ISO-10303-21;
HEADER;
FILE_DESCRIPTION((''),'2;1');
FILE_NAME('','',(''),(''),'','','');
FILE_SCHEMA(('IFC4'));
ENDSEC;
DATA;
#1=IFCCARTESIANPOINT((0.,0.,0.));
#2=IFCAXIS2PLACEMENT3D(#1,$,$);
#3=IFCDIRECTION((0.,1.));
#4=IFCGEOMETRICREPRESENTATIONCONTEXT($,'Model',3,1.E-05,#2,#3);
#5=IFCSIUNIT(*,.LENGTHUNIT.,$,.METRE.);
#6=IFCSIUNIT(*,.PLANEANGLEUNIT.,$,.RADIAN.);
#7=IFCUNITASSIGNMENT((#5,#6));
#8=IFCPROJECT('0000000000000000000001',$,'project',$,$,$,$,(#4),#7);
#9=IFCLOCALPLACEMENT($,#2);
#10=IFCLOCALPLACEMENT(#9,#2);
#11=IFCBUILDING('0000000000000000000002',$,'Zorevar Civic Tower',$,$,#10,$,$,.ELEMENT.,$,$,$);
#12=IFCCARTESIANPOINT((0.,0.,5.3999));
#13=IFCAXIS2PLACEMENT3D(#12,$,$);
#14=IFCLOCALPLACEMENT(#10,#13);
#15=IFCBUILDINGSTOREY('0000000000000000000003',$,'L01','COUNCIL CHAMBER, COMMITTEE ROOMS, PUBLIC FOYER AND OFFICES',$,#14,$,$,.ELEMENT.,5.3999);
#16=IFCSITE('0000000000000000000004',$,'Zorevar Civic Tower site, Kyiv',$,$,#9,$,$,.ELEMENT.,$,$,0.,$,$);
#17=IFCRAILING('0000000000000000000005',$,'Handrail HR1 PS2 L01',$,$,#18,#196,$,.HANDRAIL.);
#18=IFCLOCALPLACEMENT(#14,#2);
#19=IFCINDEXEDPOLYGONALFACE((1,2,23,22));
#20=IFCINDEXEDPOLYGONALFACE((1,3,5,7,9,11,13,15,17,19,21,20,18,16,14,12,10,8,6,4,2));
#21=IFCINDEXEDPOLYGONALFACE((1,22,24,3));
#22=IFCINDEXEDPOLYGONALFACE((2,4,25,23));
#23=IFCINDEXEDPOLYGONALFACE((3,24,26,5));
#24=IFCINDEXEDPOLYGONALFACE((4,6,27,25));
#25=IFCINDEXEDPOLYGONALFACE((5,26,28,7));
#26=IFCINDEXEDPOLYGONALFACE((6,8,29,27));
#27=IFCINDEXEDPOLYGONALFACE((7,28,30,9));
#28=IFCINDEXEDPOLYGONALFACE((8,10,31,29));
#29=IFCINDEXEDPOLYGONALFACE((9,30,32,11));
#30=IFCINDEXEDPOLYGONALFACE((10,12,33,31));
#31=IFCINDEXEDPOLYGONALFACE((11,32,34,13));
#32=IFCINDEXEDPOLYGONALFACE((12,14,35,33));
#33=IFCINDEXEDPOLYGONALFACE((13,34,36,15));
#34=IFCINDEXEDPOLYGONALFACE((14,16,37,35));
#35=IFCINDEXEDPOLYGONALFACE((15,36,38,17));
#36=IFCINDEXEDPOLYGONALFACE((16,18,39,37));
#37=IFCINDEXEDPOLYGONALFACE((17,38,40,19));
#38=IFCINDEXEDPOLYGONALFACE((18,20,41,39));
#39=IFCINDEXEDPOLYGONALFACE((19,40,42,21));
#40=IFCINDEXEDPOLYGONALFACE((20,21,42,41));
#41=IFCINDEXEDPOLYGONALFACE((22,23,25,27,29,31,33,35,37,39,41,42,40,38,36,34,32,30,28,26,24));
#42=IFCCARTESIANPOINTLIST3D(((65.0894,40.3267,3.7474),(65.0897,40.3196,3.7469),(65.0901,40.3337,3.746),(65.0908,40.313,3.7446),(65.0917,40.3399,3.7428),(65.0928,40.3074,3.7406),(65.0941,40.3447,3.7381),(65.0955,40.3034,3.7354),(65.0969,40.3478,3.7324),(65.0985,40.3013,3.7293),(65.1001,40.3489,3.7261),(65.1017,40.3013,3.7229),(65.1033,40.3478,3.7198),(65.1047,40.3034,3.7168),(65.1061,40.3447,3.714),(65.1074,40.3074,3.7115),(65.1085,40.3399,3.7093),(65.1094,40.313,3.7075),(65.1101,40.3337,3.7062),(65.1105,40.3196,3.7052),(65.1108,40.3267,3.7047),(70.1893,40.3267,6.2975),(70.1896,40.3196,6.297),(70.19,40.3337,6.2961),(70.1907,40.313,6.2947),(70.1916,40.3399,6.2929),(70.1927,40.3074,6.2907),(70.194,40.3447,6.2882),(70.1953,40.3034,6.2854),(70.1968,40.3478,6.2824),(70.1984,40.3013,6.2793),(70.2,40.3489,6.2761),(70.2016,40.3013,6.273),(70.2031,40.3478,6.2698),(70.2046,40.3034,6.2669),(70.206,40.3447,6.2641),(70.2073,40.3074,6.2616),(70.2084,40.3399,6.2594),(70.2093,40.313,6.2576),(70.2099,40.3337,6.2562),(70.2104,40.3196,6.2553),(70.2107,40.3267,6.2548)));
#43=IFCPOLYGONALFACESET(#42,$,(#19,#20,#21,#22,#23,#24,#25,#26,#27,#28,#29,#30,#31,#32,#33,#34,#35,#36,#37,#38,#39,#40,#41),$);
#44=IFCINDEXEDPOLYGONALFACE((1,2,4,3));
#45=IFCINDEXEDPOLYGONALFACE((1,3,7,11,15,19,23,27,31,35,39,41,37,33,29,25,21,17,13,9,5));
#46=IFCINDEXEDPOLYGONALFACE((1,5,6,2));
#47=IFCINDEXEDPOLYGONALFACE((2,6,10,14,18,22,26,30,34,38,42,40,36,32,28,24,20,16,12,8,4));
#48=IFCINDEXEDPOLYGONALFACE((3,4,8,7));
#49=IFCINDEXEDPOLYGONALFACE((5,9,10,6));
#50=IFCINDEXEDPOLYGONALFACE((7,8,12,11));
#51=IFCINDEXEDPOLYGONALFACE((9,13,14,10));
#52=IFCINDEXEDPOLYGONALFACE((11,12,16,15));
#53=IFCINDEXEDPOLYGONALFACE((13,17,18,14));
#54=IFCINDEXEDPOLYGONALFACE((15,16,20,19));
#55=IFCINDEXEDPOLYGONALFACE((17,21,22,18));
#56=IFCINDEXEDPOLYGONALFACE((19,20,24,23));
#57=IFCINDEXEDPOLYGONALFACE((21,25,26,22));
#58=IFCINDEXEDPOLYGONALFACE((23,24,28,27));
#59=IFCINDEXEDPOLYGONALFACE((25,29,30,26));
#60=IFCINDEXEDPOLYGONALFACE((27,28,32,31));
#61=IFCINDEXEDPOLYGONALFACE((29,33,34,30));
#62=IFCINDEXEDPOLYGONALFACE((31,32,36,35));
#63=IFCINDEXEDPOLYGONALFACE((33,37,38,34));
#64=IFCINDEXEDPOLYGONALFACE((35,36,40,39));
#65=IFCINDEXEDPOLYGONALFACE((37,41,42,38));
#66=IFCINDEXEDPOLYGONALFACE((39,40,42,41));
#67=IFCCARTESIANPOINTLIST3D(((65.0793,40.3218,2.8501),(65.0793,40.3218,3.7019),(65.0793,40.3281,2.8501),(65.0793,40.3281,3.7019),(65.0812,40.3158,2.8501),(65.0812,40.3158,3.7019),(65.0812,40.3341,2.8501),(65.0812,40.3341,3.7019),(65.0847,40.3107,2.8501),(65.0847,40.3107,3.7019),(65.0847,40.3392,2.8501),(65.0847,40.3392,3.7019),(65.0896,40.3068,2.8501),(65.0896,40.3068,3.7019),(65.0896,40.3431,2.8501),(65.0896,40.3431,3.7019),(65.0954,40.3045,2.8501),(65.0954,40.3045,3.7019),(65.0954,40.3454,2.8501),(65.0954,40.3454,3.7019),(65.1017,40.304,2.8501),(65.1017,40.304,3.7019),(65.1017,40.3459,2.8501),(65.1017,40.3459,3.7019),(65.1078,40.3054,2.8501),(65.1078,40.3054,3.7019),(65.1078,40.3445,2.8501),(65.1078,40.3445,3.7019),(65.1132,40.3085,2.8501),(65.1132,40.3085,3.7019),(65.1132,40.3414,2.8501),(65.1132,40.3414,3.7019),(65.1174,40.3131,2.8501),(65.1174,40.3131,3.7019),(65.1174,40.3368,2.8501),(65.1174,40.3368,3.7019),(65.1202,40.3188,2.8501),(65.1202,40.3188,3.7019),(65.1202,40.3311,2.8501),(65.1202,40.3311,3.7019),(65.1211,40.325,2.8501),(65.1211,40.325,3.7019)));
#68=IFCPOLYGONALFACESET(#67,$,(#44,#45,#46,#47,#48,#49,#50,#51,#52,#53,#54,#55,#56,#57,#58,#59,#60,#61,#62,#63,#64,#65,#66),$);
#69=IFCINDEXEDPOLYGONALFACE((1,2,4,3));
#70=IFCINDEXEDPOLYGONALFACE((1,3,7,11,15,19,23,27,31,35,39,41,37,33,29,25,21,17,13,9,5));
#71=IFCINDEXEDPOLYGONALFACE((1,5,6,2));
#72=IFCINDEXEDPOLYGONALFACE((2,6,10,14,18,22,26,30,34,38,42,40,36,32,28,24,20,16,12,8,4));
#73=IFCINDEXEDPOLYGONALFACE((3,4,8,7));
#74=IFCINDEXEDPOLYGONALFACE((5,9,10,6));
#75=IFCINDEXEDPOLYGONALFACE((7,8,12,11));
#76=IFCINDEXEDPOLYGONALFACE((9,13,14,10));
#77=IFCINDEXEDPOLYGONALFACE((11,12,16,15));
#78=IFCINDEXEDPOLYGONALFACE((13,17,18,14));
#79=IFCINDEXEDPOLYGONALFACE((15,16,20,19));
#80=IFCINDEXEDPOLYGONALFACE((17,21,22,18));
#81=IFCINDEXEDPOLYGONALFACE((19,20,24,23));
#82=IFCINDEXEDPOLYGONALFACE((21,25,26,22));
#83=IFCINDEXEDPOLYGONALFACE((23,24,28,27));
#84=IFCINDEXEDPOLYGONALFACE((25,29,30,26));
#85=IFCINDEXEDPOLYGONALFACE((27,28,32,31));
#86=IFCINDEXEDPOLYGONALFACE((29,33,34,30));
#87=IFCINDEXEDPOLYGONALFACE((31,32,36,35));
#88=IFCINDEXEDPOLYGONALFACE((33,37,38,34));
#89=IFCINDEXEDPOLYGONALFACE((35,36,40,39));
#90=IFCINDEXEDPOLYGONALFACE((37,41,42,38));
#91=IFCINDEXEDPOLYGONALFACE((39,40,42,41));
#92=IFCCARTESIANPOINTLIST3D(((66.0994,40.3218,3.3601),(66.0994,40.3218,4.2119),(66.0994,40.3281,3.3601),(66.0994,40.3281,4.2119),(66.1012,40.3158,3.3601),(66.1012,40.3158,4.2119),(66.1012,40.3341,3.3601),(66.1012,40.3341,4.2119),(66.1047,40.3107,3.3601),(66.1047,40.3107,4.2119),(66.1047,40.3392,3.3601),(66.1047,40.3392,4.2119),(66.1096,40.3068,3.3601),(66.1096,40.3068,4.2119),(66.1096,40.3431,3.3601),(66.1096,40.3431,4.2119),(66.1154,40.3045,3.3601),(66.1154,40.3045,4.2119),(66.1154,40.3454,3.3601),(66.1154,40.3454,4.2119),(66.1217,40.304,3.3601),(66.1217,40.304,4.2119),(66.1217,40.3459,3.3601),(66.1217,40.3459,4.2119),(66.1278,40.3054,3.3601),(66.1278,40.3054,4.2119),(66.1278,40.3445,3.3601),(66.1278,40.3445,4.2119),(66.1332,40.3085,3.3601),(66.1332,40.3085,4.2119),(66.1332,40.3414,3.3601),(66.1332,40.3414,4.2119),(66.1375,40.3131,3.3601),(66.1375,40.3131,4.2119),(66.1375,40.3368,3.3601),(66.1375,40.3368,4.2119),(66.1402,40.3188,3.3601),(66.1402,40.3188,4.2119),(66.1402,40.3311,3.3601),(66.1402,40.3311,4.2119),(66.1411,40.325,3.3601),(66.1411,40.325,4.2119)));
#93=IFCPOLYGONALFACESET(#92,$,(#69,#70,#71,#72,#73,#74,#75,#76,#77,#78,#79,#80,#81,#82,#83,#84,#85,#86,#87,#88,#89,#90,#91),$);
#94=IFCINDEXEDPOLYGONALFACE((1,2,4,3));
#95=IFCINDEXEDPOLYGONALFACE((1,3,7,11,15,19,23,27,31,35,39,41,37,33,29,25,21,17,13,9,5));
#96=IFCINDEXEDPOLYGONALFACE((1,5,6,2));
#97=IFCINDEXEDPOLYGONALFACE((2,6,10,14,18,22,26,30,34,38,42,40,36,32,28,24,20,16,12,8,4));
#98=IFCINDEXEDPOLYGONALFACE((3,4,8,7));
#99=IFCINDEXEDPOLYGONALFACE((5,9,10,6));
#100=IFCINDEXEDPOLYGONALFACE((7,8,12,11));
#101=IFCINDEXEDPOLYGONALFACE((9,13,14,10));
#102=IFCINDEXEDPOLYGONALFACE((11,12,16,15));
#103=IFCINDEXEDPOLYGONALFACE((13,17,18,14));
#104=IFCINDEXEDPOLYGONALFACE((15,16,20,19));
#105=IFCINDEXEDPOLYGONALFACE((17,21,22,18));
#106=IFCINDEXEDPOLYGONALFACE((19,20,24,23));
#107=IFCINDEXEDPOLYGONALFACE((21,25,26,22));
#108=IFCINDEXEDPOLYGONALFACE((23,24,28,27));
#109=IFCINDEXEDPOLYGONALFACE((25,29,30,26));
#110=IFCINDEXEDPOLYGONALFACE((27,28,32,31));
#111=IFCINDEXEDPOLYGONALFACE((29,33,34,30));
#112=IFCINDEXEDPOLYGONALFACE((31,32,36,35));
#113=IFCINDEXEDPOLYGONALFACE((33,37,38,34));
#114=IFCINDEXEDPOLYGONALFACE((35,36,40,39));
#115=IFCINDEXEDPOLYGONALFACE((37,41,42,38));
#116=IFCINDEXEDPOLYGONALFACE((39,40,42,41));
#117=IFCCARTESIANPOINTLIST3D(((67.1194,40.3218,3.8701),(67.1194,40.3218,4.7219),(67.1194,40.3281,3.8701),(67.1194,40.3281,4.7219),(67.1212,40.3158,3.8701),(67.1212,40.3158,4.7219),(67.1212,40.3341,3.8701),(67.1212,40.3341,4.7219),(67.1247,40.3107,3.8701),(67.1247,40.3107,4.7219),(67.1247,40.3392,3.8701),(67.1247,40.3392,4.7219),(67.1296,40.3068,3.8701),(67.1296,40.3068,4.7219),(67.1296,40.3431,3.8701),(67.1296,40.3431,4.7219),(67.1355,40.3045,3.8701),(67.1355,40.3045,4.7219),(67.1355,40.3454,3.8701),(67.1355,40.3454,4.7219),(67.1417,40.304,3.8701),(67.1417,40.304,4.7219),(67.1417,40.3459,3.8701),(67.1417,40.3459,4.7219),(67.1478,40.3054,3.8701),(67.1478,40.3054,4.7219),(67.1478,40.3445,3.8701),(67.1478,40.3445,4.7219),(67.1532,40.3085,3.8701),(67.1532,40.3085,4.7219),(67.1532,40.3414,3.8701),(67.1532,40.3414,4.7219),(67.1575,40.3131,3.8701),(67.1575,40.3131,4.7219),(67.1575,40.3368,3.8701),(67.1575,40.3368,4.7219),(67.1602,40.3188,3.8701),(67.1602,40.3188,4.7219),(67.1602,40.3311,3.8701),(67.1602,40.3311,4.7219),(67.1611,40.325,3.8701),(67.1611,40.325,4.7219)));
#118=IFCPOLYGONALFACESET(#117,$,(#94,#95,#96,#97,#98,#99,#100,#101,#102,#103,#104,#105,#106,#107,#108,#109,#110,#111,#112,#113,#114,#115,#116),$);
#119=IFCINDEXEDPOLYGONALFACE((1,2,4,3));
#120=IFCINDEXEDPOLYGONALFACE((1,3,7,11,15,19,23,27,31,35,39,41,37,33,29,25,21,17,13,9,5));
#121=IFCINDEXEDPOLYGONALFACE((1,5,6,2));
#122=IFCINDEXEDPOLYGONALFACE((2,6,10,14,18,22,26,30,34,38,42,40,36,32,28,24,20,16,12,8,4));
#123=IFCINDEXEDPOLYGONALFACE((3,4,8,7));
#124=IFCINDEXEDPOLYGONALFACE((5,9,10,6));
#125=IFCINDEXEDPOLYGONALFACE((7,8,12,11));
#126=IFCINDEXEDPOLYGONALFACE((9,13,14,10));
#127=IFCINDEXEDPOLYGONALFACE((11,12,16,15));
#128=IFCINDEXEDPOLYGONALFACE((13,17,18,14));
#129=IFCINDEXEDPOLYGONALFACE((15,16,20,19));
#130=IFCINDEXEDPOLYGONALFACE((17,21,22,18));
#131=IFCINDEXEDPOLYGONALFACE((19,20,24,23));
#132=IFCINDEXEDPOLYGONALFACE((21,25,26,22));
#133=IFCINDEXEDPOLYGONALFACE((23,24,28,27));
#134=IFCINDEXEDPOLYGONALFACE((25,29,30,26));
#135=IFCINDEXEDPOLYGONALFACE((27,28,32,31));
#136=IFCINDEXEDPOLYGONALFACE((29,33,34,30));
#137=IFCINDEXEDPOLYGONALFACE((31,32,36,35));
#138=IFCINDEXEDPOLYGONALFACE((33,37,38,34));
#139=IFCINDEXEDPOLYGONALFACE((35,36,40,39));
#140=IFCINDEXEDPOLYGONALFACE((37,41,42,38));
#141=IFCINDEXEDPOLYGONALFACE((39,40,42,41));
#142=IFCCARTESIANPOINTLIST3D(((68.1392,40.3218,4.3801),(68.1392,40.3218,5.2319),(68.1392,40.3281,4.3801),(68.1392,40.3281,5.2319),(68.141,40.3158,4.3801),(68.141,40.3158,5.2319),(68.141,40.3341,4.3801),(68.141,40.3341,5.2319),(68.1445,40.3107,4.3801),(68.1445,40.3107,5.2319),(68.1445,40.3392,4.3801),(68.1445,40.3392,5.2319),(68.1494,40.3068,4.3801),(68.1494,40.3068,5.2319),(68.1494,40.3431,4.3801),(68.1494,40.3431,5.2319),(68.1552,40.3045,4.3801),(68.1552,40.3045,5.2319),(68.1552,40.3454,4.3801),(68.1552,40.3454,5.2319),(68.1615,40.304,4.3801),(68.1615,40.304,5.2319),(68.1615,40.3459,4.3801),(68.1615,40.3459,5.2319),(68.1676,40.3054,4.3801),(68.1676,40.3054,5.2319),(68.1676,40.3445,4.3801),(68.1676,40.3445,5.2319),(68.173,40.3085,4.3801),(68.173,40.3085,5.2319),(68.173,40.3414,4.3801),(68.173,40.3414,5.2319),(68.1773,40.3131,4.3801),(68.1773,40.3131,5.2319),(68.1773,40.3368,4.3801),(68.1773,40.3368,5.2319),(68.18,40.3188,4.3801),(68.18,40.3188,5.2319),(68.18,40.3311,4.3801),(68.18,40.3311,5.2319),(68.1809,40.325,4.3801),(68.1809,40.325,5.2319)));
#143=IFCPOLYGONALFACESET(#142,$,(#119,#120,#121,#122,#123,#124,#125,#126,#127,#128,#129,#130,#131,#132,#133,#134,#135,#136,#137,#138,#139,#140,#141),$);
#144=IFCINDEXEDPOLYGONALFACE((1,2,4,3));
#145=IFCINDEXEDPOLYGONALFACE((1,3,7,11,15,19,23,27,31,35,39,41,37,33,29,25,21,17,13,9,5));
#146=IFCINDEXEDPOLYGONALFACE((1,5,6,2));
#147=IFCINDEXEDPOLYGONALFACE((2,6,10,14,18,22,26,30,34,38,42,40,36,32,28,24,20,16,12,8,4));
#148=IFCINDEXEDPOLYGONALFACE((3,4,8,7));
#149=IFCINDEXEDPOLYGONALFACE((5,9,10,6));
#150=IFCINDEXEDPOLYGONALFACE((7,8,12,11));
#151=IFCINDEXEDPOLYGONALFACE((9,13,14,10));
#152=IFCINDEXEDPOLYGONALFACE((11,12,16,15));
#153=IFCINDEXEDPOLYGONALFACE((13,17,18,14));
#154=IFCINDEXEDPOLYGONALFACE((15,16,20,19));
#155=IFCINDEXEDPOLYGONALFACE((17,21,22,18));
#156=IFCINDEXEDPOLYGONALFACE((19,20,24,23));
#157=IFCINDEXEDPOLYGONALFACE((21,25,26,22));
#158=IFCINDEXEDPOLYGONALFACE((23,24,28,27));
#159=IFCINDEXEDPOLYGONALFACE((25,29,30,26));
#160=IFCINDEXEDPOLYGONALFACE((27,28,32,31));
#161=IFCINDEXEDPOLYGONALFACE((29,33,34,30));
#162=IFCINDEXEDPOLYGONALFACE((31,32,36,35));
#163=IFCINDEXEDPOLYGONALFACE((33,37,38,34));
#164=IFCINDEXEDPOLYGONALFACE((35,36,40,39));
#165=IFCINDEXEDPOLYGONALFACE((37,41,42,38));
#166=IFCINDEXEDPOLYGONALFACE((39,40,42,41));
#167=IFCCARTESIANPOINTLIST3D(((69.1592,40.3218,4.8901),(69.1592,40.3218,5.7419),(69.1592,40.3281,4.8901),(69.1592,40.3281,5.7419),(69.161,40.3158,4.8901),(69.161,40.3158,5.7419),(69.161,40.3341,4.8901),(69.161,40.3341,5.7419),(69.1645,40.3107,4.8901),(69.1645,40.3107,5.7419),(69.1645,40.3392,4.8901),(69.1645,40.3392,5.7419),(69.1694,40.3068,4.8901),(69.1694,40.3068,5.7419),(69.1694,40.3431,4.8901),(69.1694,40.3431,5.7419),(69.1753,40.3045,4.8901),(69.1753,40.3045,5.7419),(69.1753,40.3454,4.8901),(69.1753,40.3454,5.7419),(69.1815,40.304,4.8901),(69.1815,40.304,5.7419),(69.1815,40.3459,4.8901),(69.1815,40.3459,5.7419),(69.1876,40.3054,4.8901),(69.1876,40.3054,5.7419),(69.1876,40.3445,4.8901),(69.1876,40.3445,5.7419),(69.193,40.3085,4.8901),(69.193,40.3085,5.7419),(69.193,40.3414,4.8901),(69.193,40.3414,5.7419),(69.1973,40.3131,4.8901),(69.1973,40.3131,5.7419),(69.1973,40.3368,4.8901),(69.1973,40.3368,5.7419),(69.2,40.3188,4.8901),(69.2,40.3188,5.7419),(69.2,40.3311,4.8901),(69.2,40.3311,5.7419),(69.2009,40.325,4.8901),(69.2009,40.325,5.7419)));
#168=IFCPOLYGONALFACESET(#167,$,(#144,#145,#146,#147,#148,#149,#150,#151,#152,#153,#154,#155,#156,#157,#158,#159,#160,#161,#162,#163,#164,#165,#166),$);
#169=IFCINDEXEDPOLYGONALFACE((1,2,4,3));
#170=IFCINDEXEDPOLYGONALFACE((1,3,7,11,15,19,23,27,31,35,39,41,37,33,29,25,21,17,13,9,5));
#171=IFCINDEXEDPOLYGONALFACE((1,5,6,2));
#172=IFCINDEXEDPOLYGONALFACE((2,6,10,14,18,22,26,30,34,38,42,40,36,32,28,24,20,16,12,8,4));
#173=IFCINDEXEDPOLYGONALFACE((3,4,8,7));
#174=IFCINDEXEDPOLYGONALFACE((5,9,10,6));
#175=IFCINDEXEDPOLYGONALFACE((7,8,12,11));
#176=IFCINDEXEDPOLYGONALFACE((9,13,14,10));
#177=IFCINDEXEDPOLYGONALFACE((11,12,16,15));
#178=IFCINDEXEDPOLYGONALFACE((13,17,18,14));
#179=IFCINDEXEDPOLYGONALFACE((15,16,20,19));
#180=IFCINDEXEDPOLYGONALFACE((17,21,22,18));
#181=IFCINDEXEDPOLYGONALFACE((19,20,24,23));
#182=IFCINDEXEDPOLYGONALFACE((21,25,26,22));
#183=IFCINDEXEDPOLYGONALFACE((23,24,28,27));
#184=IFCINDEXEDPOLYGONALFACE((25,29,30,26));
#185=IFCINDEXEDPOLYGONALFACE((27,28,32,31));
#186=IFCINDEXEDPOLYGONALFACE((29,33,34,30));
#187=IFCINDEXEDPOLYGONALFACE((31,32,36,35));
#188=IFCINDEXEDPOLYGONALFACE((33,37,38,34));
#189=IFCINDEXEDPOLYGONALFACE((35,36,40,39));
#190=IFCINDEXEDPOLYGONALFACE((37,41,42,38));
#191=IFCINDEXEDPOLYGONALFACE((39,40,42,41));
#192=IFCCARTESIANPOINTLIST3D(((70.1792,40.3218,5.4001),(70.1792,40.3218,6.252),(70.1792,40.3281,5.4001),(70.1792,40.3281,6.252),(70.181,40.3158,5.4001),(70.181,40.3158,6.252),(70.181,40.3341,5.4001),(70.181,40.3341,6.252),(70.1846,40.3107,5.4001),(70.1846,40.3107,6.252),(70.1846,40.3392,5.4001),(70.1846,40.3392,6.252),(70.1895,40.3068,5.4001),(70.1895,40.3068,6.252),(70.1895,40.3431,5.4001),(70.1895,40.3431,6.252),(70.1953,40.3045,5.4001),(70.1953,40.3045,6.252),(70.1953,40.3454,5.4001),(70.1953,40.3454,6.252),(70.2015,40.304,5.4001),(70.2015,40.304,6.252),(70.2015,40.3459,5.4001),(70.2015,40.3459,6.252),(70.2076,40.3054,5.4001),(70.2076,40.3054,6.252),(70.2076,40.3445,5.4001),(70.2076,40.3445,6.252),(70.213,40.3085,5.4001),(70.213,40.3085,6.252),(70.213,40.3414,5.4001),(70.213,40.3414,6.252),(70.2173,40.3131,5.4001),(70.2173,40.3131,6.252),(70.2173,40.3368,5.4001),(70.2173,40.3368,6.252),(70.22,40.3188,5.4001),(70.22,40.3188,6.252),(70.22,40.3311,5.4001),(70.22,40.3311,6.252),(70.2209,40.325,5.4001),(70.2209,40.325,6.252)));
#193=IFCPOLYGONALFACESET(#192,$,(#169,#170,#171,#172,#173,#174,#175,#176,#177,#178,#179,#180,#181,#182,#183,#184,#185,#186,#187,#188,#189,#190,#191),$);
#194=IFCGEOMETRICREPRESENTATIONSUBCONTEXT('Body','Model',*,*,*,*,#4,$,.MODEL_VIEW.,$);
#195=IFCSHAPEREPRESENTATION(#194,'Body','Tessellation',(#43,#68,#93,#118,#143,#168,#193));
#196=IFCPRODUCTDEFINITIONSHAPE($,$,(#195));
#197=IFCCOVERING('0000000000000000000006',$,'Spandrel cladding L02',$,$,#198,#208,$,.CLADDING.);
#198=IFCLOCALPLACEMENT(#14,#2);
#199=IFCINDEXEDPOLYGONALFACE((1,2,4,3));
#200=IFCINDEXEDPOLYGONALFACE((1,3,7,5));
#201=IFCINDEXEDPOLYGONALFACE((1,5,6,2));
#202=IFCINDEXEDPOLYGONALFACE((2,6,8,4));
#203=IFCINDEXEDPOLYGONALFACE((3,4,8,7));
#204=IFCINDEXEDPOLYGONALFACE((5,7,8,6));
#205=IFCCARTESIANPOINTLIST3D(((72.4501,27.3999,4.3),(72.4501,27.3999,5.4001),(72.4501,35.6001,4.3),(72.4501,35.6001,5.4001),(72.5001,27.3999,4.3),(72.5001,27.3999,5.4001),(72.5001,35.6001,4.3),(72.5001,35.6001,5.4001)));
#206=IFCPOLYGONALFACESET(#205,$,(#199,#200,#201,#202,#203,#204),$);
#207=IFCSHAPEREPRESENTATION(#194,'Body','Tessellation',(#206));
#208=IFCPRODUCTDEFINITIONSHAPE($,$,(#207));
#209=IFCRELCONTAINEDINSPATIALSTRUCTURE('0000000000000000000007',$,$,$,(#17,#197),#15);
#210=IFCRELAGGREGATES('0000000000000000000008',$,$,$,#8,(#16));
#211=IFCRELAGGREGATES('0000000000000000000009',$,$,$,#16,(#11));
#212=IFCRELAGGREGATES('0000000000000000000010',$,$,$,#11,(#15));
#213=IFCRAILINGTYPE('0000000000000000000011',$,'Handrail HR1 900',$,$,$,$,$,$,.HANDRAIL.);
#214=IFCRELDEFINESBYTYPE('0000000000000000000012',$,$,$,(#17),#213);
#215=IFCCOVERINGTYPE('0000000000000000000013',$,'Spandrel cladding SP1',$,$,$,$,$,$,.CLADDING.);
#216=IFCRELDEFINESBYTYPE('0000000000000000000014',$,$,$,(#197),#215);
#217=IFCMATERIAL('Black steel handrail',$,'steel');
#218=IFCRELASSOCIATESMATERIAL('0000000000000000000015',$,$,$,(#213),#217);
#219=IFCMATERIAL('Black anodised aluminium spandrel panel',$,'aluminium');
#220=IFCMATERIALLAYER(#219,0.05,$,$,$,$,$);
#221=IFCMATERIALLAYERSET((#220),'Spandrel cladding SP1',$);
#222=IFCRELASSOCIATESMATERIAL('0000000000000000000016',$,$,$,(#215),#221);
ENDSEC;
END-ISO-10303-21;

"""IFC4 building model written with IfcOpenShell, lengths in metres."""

from ifc_helpers import new_model, si_unit, direction, frame, frame_2d, origin, origin_2d, place, context, subcontext, project, spatial, rectangle, circle, extrude, material, layer, layer_set, type_object, element, save


model = new_model("IFC4")

# Units and contexts
model_context = context("Model", 3, precision=1e-05, world=origin(), true_north=direction((0.0, 1.0)))
body_context = subcontext(model_context, "Body", "Model", "MODEL_VIEW")
ifc_project = project(units=[si_unit("LENGTHUNIT", "METRE"), si_unit("PLANEANGLEUNIT", "RADIAN")], contexts=[model_context])

# Site, building, storey
site_placement = place(None, origin())
site = spatial("IfcSite", under=ifc_project, at=site_placement, Name="Zorevar Civic Tower site, Kyiv", CompositionType="ELEMENT", RefElevation=0.0)
building_placement = place(site_placement, origin())
building = spatial("IfcBuilding", under=site, at=building_placement, Name="Zorevar Civic Tower", CompositionType="ELEMENT")
storey_placement = place(building_placement, frame((0.0, 0.0, 5.3999)))
storey = spatial("IfcBuildingStorey", under=building, at=storey_placement, Name="L01", Description="COUNCIL CHAMBER, COMMITTEE ROOMS, PUBLIC FOYER AND OFFICES", CompositionType="ELEMENT", Elevation=5.3999)

# Railing
ifc_material_1 = material(Name="Black steel handrail", Category="steel")
railing_type = type_object("IfcRailingType", Name="Handrail HR1 900", PredefinedType="HANDRAIL", material=ifc_material_1)
railing_1_placement = place(storey_placement, frame((65.1001, 40.325, 2.8501)))
element("IfcRailing", 1, at=railing_1_placement, inside=storey, type_object=railing_type, Name="Handrail HR1 PS2 L01", PredefinedType="HANDRAIL", context=body_context, shape_type="SweptSolid", body=[
    extrude(circle(Radius=0.0239, at=origin_2d()), frame((0.0, 0.0, 0.876), z_axis=(0.894419, 0.0, 0.447231), x_axis=(0.0, 1.0, 0.0)), (0.0, 0.0, 1.0), 5.7019),
    extrude(circle(Radius=0.021, at=origin_2d()), origin(), (0.0, 0.0, 1.0), 0.8518),
    extrude(circle(Radius=0.021, at=origin_2d()), frame((1.02, 0.0, 0.51)), (0.0, 0.0, 1.0), 0.8518),
    extrude(circle(Radius=0.021, at=origin_2d()), frame((2.04, 0.0, 1.02)), (0.0, 0.0, 1.0), 0.8518),
    extrude(circle(Radius=0.021, at=origin_2d()), frame((3.0598, 0.0, 1.53)), (0.0, 0.0, 1.0), 0.8518),
    extrude(circle(Radius=0.021, at=origin_2d()), frame((4.0798, 0.0, 2.04)), (0.0, 0.0, 1.0), 0.8518),
    extrude(circle(Radius=0.021, at=origin_2d()), frame((5.0999, 0.0, 2.55)), (0.0, 0.0, 1.0), 0.8518),
])

# Covering
ifc_material_2 = material(Name="Black anodised aluminium spandrel panel", Category="aluminium")
ifc_layer_1 = layer(ifc_material_2, 0.05)
ifc_layer_set_1 = layer_set([ifc_layer_1], Name="Spandrel cladding SP1")
covering_type = type_object("IfcCoveringType", Name="Spandrel cladding SP1", PredefinedType="CLADDING", material=ifc_layer_set_1)
for number, where, z_axis, x_axis, name in (
    (2, (72.4751, 27.3999, 4.3), (0.0, 0.0, 1.0), (0.0, 1.0, 0.0), "Spandrel cladding L02"),
):
    element("IfcCovering", number, at=place(storey_placement, frame(where, z_axis=z_axis, x_axis=x_axis)), inside=storey, type_object=covering_type, Name=name, PredefinedType="CLADDING", context=body_context, shape_type="SweptSolid", body=[
        extrude(rectangle(XDim=8.2002, YDim=0.05, at=frame_2d((4.1001, 0.0))), origin(), (0.0, 0.0, 1.0), 1.1001),
    ])

save(model, "model.ifc")
